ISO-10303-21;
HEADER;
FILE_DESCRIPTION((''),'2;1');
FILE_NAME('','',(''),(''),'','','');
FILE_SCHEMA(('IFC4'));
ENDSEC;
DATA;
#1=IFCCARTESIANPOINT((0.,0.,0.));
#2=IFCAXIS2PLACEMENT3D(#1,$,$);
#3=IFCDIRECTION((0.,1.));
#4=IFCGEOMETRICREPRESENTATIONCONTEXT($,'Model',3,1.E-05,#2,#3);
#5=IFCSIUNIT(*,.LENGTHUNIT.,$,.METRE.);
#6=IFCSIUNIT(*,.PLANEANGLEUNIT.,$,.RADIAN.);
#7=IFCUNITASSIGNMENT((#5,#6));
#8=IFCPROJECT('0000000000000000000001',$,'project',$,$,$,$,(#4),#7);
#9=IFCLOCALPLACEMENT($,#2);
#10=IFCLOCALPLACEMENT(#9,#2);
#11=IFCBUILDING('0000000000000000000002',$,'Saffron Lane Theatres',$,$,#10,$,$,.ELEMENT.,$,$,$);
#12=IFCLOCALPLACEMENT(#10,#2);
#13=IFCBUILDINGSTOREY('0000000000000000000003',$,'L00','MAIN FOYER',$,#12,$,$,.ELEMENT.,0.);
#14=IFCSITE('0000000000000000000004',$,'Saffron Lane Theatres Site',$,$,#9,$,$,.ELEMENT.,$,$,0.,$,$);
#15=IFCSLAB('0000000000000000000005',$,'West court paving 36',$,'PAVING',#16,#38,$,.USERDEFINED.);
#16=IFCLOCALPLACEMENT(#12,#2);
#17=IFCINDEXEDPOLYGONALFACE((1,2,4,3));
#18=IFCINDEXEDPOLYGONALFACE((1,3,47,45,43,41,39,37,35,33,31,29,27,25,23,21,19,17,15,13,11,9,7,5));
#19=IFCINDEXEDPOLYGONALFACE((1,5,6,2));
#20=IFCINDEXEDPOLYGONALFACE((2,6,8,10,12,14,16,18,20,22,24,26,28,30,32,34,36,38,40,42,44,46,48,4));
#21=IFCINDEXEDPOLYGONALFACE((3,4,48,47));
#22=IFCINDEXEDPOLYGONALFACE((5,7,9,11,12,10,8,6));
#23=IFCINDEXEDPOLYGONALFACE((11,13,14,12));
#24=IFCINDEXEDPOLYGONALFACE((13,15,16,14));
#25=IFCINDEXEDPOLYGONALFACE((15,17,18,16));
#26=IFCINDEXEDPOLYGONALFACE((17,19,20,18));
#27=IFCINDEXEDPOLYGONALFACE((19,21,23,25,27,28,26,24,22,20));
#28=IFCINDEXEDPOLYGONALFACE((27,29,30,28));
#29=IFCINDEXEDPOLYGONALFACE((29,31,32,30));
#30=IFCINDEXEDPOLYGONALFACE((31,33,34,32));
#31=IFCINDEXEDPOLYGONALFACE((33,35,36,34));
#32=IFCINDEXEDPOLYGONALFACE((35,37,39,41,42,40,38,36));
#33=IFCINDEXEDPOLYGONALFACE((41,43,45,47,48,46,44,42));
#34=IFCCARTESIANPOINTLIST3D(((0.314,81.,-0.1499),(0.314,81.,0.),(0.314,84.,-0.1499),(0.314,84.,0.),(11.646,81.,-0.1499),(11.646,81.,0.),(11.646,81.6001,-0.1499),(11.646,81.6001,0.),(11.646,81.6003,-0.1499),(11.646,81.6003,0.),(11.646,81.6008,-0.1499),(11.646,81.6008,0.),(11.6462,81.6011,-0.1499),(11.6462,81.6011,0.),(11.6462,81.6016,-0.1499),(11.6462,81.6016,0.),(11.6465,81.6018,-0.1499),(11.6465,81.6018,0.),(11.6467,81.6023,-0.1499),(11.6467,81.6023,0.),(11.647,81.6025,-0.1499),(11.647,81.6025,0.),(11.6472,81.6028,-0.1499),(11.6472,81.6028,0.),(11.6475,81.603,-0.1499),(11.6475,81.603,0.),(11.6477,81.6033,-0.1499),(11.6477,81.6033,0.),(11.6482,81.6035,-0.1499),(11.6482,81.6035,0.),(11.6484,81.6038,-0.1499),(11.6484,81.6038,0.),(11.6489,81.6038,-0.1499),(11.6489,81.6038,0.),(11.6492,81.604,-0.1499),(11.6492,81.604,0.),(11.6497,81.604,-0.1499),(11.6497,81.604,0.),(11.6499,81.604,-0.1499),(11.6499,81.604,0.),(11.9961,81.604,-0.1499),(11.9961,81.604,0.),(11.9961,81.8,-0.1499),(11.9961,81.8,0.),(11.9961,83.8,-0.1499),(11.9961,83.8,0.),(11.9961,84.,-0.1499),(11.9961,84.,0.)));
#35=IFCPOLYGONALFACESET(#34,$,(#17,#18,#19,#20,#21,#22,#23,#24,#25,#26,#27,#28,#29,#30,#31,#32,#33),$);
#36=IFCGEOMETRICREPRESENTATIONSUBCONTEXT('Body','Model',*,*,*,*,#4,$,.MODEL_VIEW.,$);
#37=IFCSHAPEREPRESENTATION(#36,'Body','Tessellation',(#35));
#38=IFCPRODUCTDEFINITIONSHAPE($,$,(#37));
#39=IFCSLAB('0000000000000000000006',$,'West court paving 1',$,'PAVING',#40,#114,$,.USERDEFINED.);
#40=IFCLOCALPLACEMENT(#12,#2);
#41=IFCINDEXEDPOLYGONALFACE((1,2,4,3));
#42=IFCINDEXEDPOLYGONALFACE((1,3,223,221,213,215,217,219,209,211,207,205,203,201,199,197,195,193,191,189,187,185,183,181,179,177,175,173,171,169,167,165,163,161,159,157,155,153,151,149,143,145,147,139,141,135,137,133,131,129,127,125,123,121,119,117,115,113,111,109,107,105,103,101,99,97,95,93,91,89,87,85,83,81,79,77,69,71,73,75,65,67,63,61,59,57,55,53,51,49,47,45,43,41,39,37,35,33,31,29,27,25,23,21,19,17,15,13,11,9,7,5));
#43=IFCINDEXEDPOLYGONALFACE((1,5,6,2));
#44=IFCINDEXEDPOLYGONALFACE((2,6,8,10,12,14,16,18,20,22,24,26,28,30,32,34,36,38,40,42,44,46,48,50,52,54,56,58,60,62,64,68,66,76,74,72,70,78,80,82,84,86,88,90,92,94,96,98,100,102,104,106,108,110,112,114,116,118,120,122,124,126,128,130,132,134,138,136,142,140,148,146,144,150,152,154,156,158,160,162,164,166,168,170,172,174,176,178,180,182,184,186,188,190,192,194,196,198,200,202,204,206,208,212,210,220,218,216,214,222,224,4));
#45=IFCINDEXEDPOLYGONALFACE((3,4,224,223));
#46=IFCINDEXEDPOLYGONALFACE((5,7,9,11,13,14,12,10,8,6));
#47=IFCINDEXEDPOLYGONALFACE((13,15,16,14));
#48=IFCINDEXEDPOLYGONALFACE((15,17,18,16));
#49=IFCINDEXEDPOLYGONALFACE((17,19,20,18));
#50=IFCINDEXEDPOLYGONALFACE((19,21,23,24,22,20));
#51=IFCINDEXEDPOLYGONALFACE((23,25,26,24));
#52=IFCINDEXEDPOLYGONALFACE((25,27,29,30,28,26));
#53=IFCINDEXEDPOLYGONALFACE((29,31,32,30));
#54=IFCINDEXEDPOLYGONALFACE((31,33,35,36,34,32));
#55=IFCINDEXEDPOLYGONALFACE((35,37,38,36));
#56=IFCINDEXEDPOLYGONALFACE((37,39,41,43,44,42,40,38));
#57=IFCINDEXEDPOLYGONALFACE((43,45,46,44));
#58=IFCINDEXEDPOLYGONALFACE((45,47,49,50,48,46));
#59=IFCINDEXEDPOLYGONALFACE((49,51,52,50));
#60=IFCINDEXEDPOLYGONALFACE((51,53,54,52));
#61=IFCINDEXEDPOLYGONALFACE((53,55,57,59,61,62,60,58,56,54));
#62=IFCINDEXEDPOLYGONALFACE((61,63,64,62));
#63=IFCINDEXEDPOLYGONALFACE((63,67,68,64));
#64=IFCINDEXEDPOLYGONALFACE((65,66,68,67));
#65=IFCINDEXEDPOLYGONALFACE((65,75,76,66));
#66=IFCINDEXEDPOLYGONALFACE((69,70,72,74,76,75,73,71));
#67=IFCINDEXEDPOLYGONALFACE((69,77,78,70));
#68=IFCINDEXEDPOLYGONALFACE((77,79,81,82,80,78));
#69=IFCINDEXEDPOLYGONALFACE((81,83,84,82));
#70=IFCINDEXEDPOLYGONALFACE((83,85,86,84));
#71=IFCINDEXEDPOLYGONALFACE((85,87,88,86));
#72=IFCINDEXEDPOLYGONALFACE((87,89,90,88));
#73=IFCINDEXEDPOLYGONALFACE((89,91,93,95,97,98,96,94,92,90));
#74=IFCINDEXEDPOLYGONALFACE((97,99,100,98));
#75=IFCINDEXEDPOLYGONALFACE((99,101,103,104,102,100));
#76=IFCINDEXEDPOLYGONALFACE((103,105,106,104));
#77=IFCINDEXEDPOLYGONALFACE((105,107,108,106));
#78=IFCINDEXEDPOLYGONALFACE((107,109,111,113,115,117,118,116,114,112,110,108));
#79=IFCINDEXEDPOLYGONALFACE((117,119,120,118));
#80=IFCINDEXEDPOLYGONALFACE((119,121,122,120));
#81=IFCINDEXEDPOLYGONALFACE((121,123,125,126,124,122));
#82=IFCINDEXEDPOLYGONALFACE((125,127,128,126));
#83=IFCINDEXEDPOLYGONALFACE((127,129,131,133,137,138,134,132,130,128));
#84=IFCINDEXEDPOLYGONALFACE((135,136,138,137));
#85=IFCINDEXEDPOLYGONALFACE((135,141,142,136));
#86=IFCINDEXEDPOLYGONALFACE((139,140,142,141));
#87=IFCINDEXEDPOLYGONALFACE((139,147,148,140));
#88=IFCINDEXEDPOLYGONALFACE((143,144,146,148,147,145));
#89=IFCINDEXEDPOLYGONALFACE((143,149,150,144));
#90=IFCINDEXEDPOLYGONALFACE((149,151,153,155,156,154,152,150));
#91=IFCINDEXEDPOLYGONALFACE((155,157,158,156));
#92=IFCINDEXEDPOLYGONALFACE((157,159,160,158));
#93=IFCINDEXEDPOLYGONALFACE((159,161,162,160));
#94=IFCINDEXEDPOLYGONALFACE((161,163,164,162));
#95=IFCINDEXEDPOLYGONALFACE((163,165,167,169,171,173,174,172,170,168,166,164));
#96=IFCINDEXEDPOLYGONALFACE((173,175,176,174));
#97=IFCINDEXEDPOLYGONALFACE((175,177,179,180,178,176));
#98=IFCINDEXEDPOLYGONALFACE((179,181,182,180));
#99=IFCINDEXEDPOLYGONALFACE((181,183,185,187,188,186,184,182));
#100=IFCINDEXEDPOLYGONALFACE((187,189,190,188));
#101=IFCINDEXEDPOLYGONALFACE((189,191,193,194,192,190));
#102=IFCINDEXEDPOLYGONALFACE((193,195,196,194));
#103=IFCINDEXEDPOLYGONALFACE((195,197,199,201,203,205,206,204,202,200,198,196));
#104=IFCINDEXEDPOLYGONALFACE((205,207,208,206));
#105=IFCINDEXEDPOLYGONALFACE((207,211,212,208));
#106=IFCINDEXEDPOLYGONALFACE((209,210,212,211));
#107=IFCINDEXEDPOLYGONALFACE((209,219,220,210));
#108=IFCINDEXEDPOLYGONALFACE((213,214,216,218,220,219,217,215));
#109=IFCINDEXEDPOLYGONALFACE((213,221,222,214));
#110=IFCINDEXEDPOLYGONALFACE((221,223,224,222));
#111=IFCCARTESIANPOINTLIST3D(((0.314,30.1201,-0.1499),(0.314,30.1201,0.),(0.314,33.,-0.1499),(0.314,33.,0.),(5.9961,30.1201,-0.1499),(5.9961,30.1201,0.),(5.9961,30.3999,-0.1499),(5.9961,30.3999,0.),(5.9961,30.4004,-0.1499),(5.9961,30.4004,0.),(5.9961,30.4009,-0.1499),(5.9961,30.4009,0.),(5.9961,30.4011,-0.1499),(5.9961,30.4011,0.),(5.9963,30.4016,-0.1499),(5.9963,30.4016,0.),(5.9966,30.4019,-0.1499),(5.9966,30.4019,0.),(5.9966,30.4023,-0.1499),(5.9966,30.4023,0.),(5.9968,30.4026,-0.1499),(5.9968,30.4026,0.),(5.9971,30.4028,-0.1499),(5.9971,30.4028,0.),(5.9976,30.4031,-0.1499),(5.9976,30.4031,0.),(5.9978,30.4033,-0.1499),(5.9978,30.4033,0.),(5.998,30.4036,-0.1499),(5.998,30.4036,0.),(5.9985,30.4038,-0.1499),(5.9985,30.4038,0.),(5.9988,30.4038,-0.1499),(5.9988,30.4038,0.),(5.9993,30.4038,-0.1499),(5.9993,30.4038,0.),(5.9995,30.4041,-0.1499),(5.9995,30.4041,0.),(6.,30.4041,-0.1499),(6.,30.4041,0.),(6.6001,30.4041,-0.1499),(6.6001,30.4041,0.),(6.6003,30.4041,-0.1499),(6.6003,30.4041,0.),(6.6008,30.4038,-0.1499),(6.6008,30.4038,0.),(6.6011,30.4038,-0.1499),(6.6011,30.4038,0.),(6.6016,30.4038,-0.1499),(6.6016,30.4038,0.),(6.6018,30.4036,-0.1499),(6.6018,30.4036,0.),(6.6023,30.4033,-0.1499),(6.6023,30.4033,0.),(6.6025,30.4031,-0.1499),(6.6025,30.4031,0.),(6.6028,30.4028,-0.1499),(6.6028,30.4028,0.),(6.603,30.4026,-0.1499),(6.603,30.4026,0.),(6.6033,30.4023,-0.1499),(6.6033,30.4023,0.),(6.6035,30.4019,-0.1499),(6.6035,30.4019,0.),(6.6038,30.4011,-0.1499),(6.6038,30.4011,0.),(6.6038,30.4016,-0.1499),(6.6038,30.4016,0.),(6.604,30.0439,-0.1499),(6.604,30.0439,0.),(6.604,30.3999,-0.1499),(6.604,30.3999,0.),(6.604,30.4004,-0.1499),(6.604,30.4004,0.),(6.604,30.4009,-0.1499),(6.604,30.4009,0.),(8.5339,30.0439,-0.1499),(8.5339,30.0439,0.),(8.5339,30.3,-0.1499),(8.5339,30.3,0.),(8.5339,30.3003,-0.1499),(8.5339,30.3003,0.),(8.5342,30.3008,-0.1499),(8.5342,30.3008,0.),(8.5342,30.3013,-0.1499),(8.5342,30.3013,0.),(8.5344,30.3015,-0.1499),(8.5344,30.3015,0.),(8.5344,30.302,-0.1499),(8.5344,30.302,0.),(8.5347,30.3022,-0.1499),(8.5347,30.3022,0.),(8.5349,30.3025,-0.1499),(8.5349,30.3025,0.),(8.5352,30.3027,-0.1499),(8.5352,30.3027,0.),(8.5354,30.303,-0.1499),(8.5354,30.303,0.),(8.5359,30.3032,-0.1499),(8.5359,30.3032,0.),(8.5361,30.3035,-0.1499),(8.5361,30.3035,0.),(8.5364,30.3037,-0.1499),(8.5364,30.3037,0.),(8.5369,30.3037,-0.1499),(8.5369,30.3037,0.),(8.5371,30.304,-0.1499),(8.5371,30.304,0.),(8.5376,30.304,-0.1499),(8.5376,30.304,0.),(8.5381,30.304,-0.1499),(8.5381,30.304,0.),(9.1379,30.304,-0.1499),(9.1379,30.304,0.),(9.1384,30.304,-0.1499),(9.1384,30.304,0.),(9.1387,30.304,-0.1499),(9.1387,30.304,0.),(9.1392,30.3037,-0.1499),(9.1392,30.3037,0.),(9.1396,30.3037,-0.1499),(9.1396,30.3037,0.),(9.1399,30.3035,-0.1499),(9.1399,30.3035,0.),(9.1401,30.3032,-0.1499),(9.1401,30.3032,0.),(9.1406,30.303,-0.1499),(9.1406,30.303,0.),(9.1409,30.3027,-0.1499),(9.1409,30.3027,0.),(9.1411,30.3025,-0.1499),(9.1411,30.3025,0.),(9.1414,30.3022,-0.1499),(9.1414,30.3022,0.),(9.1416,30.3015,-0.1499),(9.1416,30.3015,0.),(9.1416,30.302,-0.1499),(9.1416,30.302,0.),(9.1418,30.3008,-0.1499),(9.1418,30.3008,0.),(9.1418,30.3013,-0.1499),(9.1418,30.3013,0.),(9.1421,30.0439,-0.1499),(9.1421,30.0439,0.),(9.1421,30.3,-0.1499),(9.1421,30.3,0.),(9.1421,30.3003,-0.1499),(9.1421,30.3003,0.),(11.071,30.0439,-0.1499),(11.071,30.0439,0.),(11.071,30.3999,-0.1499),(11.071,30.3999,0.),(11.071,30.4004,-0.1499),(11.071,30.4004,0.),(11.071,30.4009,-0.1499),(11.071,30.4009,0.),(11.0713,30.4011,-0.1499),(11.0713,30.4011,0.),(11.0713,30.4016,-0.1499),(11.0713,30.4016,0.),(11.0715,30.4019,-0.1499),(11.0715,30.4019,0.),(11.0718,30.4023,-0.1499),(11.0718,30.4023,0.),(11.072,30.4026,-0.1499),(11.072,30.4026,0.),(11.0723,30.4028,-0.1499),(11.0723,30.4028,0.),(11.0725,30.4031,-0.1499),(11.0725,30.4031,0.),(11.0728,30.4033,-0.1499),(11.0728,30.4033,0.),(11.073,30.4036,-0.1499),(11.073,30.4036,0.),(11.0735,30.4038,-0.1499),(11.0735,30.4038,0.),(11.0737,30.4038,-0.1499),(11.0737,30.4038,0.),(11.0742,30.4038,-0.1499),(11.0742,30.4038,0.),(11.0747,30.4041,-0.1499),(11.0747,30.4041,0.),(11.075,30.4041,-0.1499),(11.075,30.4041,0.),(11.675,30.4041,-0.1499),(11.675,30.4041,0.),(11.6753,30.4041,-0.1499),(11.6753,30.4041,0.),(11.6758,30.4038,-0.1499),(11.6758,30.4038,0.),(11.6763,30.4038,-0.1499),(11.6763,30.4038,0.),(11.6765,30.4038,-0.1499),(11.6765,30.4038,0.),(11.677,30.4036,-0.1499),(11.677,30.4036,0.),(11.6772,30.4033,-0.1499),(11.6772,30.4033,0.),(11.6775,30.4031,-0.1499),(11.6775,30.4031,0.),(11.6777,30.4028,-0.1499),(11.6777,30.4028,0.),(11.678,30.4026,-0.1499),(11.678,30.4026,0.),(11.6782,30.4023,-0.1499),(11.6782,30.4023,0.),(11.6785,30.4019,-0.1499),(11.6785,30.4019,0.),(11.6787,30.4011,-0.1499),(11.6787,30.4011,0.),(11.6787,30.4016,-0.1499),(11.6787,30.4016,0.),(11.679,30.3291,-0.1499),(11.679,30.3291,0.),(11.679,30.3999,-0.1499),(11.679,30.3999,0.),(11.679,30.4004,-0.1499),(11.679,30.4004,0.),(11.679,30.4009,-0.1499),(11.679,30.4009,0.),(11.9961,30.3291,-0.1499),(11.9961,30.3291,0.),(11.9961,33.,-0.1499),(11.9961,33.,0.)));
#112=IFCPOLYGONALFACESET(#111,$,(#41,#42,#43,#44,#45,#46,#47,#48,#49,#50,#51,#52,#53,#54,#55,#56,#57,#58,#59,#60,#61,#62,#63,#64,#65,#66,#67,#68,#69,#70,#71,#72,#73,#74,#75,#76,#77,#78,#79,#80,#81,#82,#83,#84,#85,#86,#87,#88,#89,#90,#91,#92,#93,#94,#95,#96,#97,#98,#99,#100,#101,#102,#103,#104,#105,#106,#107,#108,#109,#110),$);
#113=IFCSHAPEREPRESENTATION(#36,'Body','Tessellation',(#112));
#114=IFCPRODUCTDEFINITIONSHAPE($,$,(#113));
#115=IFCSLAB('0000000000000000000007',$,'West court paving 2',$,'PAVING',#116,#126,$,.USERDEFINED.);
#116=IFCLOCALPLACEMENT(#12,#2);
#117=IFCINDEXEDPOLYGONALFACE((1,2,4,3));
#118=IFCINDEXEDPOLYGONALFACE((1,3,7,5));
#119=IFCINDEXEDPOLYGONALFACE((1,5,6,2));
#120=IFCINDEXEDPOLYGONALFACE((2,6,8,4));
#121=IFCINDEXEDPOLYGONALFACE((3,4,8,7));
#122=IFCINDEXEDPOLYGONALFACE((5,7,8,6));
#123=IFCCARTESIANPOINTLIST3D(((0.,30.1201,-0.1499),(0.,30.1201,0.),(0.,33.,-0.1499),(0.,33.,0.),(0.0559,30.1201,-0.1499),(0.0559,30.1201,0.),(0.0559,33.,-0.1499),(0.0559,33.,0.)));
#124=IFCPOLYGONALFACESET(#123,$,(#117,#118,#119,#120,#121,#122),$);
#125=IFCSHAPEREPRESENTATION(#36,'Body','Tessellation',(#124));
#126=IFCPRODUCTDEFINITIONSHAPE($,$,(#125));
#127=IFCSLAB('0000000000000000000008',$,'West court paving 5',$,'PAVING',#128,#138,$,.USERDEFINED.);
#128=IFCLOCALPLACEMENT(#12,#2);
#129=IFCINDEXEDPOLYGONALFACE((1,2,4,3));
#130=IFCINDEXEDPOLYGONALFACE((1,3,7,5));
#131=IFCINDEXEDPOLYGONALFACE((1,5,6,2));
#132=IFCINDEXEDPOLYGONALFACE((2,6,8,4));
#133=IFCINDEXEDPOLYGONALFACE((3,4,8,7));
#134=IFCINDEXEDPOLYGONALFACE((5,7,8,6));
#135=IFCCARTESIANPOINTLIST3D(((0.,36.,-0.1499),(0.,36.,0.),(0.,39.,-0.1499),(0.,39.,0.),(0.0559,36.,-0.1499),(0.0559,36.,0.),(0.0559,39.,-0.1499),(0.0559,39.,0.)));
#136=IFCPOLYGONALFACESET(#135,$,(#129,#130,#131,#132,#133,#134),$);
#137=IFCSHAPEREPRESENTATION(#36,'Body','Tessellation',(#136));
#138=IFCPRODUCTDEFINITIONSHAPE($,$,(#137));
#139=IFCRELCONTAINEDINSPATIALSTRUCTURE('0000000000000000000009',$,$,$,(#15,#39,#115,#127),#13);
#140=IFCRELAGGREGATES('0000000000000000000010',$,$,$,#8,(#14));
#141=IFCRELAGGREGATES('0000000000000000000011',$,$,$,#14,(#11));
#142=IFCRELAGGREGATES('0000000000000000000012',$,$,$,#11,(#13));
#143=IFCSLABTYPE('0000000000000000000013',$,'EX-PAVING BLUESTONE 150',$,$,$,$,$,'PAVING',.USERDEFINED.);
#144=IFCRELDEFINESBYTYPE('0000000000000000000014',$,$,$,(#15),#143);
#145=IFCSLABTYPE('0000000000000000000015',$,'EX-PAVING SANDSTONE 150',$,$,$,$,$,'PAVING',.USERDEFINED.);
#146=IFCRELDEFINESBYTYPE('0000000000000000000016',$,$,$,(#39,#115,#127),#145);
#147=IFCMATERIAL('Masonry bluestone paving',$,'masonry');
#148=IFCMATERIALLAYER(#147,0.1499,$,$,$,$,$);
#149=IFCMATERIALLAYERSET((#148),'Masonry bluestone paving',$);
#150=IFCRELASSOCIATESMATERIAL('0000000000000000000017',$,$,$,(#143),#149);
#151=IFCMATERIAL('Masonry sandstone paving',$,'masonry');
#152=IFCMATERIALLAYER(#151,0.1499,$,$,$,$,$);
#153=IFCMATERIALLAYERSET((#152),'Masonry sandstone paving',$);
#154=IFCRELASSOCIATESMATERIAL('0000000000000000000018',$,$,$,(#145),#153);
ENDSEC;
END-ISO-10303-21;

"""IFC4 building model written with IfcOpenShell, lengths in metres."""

from ifc_helpers import new_model, si_unit, direction, frame, origin, place, context, subcontext, project, spatial, polyline, outline, extrude, material, layer, layer_set, type_object, element, save


model = new_model("IFC4")

# Units and contexts
model_context = context("Model", 3, precision=1e-05, world=origin(), true_north=direction((0.0, 1.0)))
body_context = subcontext(model_context, "Body", "Model", "MODEL_VIEW")
ifc_project = project(units=[si_unit("LENGTHUNIT", "METRE"), si_unit("PLANEANGLEUNIT", "RADIAN")], contexts=[model_context])

# Site, building, storey
site_placement = place(None, origin())
site = spatial("IfcSite", under=ifc_project, at=site_placement, Name="Saffron Lane Theatres Site", CompositionType="ELEMENT", RefElevation=0.0)
building_placement = place(site_placement, origin())
building = spatial("IfcBuilding", under=site, at=building_placement, Name="Saffron Lane Theatres", CompositionType="ELEMENT")
storey_placement = place(building_placement, origin())
storey = spatial("IfcBuildingStorey", under=building, at=storey_placement, Name="L00", Description="MAIN FOYER", CompositionType="ELEMENT", Elevation=0.0)

# Slabs
ifc_material_1 = material(Name="Masonry bluestone paving", Category="masonry")
ifc_layer_1 = layer(ifc_material_1, 0.1499)
ifc_layer_set_1 = layer_set([ifc_layer_1], Name="Masonry bluestone paving")
slab_type_1 = type_object("IfcSlabType", Name="EX-PAVING BLUESTONE 150", ElementType="PAVING", PredefinedType="USERDEFINED", material=ifc_layer_set_1)
slab_1_placement = place(storey_placement, frame((0.0, 0.0, -0.1499)))
element("IfcSlab", 1, at=slab_1_placement, inside=storey, type_object=slab_type_1, Name="West court paving 36", ObjectType="PAVING", PredefinedType="USERDEFINED", context=body_context, shape_type="SweptSolid", body=[
    extrude(outline(polyline([(11.9961, 83.8), (11.9961, 84.0), (0.314, 84.0), (0.314, 81.0), (11.646, 81.0), (11.646, 81.6001), (11.646, 81.6003), (11.646, 81.6008), (11.6462, 81.6011), (11.6462, 81.6016), (11.6465, 81.6018), (11.6467, 81.6023), (11.647, 81.6025), (11.6472, 81.6028), (11.6475, 81.603), (11.6477, 81.6033), (11.6482, 81.6035), (11.6484, 81.6038), (11.6489, 81.6038), (11.6492, 81.604), (11.6497, 81.604), (11.6499, 81.604), (11.9961, 81.604), (11.9961, 81.8), (11.9961, 83.8), (11.9961, 83.8)])), origin(), (0.0, 0.0, 1.0), 0.1499),
])
ifc_material_2 = material(Name="Masonry sandstone paving", Category="masonry")
ifc_layer_2 = layer(ifc_material_2, 0.1499)
ifc_layer_set_2 = layer_set([ifc_layer_2], Name="Masonry sandstone paving")
slab_type_2 = type_object("IfcSlabType", Name="EX-PAVING SANDSTONE 150", ElementType="PAVING", PredefinedType="USERDEFINED", material=ifc_layer_set_2)
slab_2_placement = place(storey_placement, frame((0.0, 0.0, -0.1499)))
element("IfcSlab", 2, at=slab_2_placement, inside=storey, type_object=slab_type_2, Name="West court paving 1", ObjectType="PAVING", PredefinedType="USERDEFINED", context=body_context, shape_type="SweptSolid", body=[
    extrude(outline(polyline([(11.9961, 30.3291), (11.9961, 33.0), (0.314, 33.0), (0.314, 30.1201), (5.9961, 30.1201), (5.9961, 30.3999), (5.9961, 30.4004), (5.9961, 30.4009), (5.9961, 30.4011), (5.9963, 30.4016), (5.9966, 30.4019), (5.9966, 30.4023), (5.9968, 30.4026), (5.9971, 30.4028), (5.9976, 30.4031), (5.9978, 30.4033), (5.998, 30.4036), (5.9985, 30.4038), (5.9988, 30.4038), (5.9993, 30.4038), (5.9995, 30.4041), (6.0, 30.4041), (6.6001, 30.4041), (6.6003, 30.4041), (6.6008, 30.4038), (6.6011, 30.4038), (6.6016, 30.4038), (6.6018, 30.4036), (6.6023, 30.4033), (6.6025, 30.4031), (6.6028, 30.4028), (6.603, 30.4026), (6.6033, 30.4023), (6.6035, 30.4019), (6.6038, 30.4016), (6.6038, 30.4011), (6.604, 30.4009), (6.604, 30.4004), (6.604, 30.3999), (6.604, 30.0439), (8.5339, 30.0439), (8.5339, 30.3), (8.5339, 30.3003), (8.5342, 30.3008), (8.5342, 30.3013), (8.5344, 30.3015), (8.5344, 30.302), (8.5347, 30.3022), (8.5349, 30.3025), (8.5352, 30.3027), (8.5354, 30.303), (8.5359, 30.3032), (8.5361, 30.3035), (8.5364, 30.3037), (8.5369, 30.3037), (8.5371, 30.304), (8.5376, 30.304), (8.5381, 30.304), (9.1379, 30.304), (9.1384, 30.304), (9.1387, 30.304), (9.1392, 30.3037), (9.1396, 30.3037), (9.1399, 30.3035), (9.1401, 30.3032), (9.1406, 30.303), (9.1409, 30.3027), (9.1411, 30.3025), (9.1414, 30.3022), (9.1416, 30.302), (9.1416, 30.3015), (9.1418, 30.3013), (9.1418, 30.3008), (9.1421, 30.3003), (9.1421, 30.3), (9.1421, 30.0439), (11.071, 30.0439), (11.071, 30.3999), (11.071, 30.4004), (11.071, 30.4009), (11.0713, 30.4011), (11.0713, 30.4016), (11.0715, 30.4019), (11.0718, 30.4023), (11.072, 30.4026), (11.0723, 30.4028), (11.0725, 30.4031), (11.0728, 30.4033), (11.073, 30.4036), (11.0735, 30.4038), (11.0737, 30.4038), (11.0742, 30.4038), (11.0747, 30.4041), (11.075, 30.4041), (11.675, 30.4041), (11.6753, 30.4041), (11.6758, 30.4038), (11.6763, 30.4038), (11.6765, 30.4038), (11.677, 30.4036), (11.6772, 30.4033), (11.6775, 30.4031), (11.6777, 30.4028), (11.678, 30.4026), (11.6782, 30.4023), (11.6785, 30.4019), (11.6787, 30.4016), (11.6787, 30.4011), (11.679, 30.4009), (11.679, 30.4004), (11.679, 30.3999), (11.679, 30.3291), (11.9961, 30.3291)])), origin(), (0.0, 0.0, 1.0), 0.1499),
])
slab_3_placement = place(storey_placement, frame((0.0, 0.0, -0.1499)))
element("IfcSlab", 3, at=slab_3_placement, inside=storey, type_object=slab_type_2, Name="West court paving 2", ObjectType="PAVING", PredefinedType="USERDEFINED", context=body_context, shape_type="SweptSolid", body=[
    extrude(outline(polyline([(0.0559, 30.1201), (0.0559, 33.0), (0.0, 33.0), (0.0, 30.1201), (0.0559, 30.1201)])), origin(), (0.0, 0.0, 1.0), 0.1499),
])
slab_4_placement = place(storey_placement, frame((0.0, 0.0, -0.1499)))
element("IfcSlab", 4, at=slab_4_placement, inside=storey, type_object=slab_type_2, Name="West court paving 5", ObjectType="PAVING", PredefinedType="USERDEFINED", context=body_context, shape_type="SweptSolid", body=[
    extrude(outline(polyline([(0.0559, 36.0), (0.0559, 39.0), (0.0, 39.0), (0.0, 36.0), (0.0559, 36.0)])), origin(), (0.0, 0.0, 1.0), 0.1499),
])

save(model, "model.ifc")
